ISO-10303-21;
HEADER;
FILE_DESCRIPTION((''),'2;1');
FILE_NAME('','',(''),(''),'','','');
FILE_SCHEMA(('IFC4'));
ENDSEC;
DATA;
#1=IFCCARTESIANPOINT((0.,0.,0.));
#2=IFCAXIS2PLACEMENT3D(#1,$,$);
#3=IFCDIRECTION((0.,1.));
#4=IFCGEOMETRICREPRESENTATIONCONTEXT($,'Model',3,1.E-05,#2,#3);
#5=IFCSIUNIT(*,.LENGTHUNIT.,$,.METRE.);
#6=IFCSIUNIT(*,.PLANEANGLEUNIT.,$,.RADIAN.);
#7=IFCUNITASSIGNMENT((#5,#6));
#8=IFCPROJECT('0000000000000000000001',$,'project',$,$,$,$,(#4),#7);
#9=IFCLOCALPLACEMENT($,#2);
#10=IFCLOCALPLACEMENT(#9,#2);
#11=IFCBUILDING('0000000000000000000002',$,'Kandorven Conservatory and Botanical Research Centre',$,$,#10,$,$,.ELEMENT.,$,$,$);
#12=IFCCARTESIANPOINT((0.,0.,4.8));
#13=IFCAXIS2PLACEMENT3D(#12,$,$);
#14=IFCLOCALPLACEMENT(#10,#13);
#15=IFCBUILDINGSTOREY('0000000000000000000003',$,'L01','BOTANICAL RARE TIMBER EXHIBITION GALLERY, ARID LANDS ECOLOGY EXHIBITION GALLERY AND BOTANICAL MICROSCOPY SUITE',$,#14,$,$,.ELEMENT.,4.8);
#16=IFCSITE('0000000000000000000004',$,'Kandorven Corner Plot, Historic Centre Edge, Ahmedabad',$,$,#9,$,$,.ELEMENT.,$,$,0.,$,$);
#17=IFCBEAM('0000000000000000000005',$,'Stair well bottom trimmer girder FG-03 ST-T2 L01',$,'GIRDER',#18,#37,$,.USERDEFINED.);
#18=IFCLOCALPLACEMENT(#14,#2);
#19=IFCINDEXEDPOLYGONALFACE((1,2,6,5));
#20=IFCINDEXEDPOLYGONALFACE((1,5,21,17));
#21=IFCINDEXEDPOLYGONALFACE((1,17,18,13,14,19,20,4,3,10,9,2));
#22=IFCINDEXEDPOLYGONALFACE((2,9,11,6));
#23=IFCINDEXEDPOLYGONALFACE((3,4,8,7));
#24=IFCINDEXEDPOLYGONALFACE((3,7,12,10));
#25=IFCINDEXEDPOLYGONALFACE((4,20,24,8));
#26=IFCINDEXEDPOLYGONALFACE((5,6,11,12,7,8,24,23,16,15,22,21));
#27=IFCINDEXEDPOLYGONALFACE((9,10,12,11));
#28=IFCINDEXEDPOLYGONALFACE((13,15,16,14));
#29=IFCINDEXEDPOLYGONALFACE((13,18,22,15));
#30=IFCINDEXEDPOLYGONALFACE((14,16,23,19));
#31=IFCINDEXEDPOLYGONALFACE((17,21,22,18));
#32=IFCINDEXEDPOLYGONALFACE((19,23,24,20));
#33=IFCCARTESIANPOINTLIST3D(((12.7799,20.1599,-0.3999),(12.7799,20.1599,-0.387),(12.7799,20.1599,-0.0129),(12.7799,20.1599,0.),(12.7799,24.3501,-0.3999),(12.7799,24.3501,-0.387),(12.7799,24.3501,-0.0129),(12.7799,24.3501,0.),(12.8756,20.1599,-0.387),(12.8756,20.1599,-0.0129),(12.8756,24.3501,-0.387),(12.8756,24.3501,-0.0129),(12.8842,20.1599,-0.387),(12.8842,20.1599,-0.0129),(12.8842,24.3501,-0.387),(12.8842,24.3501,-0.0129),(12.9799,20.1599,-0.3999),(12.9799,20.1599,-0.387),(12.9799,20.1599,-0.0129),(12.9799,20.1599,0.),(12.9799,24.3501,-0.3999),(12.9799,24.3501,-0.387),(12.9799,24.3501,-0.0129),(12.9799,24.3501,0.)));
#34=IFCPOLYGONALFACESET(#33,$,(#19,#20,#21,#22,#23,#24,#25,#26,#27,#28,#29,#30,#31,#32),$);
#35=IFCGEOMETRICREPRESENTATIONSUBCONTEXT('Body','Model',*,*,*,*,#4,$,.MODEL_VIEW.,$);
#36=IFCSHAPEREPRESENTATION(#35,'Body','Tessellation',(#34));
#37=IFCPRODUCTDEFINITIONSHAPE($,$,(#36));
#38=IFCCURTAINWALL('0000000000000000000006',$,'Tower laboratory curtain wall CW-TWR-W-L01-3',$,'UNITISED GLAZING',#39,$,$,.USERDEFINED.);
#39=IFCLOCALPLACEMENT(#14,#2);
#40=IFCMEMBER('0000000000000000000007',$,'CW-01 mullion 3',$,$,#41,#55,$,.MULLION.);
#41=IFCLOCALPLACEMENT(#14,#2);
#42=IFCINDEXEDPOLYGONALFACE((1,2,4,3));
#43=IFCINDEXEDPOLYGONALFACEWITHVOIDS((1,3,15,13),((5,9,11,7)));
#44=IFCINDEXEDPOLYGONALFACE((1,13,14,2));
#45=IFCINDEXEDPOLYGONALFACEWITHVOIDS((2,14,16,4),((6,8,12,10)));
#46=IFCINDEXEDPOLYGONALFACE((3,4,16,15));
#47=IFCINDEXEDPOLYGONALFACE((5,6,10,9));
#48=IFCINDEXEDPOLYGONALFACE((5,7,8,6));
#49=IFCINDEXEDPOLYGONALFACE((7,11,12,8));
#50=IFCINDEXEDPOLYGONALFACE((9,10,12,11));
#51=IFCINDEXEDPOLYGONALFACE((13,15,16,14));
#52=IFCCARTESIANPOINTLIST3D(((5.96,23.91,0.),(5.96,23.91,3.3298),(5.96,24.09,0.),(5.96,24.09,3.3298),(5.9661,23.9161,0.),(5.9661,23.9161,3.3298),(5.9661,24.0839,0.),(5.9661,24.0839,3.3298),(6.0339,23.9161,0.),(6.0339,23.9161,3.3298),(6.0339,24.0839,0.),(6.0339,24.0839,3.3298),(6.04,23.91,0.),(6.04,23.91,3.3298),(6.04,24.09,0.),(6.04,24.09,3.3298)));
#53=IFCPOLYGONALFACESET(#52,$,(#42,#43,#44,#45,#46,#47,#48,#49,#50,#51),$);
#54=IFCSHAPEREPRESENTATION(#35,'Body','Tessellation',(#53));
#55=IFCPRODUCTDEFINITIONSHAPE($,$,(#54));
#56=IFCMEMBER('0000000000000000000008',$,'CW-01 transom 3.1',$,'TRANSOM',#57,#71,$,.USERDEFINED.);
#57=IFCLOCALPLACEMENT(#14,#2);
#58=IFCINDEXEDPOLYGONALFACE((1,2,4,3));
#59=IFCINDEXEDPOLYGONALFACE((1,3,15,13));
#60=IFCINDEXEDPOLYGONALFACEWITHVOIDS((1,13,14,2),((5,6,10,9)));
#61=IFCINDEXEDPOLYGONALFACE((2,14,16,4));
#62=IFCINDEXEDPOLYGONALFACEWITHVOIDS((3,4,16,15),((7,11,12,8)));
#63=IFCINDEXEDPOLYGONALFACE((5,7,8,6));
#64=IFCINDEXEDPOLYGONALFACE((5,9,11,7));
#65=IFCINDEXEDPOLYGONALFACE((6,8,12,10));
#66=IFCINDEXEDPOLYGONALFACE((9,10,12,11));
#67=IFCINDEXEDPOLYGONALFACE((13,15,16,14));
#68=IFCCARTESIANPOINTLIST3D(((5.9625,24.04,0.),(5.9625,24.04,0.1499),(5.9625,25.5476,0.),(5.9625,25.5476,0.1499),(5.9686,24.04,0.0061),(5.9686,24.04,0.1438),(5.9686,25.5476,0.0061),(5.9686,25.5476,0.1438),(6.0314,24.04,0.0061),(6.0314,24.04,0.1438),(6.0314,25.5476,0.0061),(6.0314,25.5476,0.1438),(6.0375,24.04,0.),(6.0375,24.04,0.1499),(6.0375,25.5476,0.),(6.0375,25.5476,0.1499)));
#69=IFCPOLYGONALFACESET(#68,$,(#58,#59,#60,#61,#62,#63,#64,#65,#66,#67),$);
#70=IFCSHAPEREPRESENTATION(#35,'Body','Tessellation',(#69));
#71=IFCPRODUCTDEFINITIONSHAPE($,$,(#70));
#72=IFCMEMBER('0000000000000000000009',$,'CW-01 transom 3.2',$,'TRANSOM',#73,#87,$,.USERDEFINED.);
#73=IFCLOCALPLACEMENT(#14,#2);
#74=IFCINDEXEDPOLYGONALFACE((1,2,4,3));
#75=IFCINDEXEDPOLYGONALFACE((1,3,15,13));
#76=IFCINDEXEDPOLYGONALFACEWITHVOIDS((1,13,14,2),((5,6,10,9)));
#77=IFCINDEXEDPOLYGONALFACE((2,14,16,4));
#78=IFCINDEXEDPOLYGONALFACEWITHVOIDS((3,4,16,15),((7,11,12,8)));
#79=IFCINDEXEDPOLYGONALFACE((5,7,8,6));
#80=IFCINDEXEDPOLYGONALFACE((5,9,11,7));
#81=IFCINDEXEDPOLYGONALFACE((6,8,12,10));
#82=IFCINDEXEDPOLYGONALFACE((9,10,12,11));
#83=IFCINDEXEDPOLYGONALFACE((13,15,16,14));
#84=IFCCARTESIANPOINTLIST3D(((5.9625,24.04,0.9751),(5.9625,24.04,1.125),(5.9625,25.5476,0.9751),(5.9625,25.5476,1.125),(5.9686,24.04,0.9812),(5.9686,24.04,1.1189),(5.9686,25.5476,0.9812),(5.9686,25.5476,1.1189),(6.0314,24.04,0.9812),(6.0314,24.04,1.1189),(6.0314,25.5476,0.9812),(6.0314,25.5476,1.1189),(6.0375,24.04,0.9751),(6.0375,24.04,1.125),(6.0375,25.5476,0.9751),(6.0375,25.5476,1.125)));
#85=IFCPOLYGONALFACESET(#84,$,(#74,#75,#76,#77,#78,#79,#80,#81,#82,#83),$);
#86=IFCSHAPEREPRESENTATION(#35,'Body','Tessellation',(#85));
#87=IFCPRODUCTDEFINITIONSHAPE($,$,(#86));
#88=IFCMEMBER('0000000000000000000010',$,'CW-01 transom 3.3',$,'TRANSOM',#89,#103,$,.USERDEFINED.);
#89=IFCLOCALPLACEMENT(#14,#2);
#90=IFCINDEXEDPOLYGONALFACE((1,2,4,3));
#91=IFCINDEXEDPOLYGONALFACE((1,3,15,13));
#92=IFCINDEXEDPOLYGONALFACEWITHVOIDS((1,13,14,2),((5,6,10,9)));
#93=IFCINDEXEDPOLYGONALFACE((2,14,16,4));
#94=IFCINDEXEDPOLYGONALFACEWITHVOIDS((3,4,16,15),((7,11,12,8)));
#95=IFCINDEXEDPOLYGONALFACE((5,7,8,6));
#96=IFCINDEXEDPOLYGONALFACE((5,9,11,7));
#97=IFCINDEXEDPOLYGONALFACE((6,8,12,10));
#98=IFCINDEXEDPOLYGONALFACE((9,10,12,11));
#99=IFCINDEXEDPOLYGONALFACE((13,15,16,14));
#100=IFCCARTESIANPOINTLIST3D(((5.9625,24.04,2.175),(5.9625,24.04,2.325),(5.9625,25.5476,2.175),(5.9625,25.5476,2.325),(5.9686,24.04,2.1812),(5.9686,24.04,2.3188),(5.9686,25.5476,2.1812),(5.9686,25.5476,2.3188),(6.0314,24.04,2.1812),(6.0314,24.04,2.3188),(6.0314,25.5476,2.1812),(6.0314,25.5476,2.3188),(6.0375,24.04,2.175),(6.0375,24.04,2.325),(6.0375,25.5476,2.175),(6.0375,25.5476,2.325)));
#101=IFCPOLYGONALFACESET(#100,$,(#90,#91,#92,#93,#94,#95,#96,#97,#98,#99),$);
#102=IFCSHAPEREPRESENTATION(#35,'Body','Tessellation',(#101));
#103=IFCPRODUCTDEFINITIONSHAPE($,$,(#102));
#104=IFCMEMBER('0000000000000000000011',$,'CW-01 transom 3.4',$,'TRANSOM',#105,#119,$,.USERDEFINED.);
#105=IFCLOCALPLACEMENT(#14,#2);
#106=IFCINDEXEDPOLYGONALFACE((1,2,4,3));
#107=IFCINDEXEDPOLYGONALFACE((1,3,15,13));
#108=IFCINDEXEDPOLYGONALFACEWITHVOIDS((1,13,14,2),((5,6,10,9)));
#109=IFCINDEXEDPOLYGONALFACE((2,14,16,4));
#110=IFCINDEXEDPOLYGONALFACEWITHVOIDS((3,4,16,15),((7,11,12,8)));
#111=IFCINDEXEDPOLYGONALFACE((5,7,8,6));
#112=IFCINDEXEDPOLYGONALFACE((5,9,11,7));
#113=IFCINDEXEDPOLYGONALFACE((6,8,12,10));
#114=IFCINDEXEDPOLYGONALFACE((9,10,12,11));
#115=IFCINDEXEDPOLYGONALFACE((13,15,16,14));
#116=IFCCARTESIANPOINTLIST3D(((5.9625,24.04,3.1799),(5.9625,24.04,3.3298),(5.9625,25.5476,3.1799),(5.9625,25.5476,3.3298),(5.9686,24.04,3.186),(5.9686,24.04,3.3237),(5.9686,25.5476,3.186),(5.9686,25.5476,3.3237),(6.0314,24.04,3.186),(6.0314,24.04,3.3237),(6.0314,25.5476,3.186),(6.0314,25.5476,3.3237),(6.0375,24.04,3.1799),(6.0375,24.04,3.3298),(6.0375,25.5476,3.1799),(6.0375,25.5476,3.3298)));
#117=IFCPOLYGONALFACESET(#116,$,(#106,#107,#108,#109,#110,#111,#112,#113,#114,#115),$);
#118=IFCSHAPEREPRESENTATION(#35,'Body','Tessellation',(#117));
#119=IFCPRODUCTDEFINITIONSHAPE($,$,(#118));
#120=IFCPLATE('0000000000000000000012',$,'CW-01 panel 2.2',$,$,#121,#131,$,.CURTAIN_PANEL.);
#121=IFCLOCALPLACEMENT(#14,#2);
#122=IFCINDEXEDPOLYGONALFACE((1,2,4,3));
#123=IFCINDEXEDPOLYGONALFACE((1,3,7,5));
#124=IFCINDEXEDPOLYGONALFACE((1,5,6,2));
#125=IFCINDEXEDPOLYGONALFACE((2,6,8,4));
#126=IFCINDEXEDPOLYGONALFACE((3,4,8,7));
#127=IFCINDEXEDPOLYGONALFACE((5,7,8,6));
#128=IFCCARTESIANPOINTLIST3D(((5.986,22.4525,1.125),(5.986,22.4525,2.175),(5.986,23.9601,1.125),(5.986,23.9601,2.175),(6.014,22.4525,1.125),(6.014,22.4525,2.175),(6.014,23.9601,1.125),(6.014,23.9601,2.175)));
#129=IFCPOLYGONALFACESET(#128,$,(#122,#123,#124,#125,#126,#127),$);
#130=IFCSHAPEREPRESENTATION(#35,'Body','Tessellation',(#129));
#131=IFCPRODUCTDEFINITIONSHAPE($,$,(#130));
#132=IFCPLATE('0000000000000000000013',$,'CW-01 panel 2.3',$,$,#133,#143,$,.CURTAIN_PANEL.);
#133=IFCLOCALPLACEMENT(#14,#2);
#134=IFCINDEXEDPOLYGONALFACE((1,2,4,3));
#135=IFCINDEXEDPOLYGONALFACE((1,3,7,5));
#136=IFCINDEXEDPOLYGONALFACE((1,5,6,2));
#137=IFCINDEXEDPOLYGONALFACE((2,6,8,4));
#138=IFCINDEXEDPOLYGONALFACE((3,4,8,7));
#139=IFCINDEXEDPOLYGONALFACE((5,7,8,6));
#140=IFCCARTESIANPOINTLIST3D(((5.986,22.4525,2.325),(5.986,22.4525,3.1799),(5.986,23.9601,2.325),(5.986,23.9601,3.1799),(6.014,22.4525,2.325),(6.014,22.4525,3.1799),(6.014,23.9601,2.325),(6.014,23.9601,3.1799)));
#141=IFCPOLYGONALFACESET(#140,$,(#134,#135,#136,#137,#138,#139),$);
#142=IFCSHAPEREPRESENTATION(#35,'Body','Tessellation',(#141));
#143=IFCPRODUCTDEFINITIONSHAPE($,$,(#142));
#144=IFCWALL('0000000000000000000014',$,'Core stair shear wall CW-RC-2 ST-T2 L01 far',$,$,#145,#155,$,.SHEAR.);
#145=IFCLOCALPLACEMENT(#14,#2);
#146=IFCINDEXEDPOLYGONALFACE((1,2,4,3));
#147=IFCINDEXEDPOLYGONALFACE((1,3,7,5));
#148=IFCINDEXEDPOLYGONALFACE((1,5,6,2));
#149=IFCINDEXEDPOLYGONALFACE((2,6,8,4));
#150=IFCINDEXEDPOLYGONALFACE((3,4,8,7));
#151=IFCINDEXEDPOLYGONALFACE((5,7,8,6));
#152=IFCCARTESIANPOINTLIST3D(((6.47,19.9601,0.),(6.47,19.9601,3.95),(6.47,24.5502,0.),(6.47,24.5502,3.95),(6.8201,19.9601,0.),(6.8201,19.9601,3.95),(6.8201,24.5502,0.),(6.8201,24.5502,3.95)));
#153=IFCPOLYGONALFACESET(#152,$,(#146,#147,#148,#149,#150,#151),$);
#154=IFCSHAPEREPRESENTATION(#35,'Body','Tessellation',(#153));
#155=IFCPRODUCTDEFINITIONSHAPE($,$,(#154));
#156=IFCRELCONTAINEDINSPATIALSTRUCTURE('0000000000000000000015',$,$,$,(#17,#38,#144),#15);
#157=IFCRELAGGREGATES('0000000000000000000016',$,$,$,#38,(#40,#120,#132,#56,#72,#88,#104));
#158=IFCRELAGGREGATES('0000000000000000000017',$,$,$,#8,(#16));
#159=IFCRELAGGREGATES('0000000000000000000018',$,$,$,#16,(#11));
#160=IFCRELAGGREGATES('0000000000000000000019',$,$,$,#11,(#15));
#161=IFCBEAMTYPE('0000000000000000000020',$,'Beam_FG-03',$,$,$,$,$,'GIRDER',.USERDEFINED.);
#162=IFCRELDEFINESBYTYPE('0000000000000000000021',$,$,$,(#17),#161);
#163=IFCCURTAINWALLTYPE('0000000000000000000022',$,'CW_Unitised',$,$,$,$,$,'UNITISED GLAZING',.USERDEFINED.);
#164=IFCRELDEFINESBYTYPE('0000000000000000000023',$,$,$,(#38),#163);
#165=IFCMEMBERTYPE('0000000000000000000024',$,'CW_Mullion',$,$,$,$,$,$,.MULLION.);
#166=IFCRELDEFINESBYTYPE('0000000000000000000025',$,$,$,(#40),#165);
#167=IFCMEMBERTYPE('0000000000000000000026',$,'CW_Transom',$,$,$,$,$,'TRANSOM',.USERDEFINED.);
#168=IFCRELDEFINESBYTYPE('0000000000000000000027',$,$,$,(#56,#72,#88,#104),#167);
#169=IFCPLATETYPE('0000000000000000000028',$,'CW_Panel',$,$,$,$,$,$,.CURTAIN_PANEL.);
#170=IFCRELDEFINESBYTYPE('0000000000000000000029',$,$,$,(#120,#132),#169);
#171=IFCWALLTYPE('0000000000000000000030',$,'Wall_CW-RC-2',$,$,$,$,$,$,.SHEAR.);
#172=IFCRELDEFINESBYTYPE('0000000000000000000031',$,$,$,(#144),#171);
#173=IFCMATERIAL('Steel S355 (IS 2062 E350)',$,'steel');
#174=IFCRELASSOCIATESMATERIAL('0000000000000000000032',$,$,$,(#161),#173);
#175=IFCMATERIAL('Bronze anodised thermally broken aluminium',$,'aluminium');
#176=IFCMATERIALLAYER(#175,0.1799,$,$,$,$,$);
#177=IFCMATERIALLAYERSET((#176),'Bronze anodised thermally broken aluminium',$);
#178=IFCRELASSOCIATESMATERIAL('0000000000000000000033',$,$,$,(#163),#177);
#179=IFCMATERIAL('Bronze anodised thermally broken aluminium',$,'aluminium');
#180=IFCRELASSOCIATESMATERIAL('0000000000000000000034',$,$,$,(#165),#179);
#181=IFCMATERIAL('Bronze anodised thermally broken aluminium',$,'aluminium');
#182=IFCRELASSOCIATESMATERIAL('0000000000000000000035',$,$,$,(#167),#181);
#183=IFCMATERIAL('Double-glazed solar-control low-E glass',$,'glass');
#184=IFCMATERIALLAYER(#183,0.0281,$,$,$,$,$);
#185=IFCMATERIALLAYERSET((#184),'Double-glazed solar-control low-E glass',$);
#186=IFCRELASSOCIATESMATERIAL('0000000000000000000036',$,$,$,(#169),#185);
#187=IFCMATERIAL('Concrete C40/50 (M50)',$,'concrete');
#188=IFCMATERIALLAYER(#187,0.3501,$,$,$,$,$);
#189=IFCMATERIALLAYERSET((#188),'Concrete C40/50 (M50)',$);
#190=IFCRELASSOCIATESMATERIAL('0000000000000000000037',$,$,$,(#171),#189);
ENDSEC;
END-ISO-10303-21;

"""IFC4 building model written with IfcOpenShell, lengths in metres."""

from ifc_helpers import new_model, si_unit, direction, frame, frame_2d, origin, origin_2d, place, context, subcontext, project, spatial, rectangle, hollow_rectangle, i_section, extrude, material, layer, layer_set, material_profile, profile_set, type_object, element, aggregate, save


model = new_model("IFC4")

# Units and contexts
model_context = context("Model", 3, precision=1e-05, world=origin(), true_north=direction((0.0, 1.0)))
body_context = subcontext(model_context, "Body", "Model", "MODEL_VIEW")
ifc_project = project(units=[si_unit("LENGTHUNIT", "METRE"), si_unit("PLANEANGLEUNIT", "RADIAN")], contexts=[model_context])

# Site, building, storey
site_placement = place(None, origin())
site = spatial("IfcSite", under=ifc_project, at=site_placement, Name="Kandorven Corner Plot, Historic Centre Edge, Ahmedabad", CompositionType="ELEMENT", RefElevation=0.0)
building_placement = place(site_placement, origin())
building = spatial("IfcBuilding", under=site, at=building_placement, Name="Kandorven Conservatory and Botanical Research Centre", CompositionType="ELEMENT")
storey_placement = place(building_placement, frame((0.0, 0.0, 4.8)))
storey = spatial("IfcBuildingStorey", under=building, at=storey_placement, Name="L01", Description="BOTANICAL RARE TIMBER EXHIBITION GALLERY, ARID LANDS ECOLOGY EXHIBITION GALLERY AND BOTANICAL MICROSCOPY SUITE", CompositionType="ELEMENT", Elevation=4.8)

# Beam
ifc_material_1 = material(Name="Steel S355 (IS 2062 E350)", Category="steel")
ifc_material_profile_1 = material_profile(ifc_material_1, i_section(OverallWidth=0.2, OverallDepth=0.3999, WebThickness=0.0085, FlangeThickness=0.0129, at=origin_2d()))
ifc_profile_set_1 = profile_set([ifc_material_profile_1], Name="Steel S355 (IS 2062 E350)")
beam_type = type_object("IfcBeamType", Name="Beam_FG-03", ElementType="GIRDER", PredefinedType="USERDEFINED", material=ifc_profile_set_1)
beam_placement = place(storey_placement, frame((12.8799, 24.3501, -0.2), z_axis=(0.0, -1.0, 0.0), x_axis=(1.0, 0.0, 0.0)))
element("IfcBeam", 1, at=beam_placement, inside=storey, type_object=beam_type, Name="Stair well bottom trimmer girder FG-03 ST-T2 L01", ObjectType="GIRDER", PredefinedType="USERDEFINED", context=body_context, shape_type="SweptSolid", body=[
    extrude(i_section(OverallWidth=0.2, OverallDepth=0.3999, WebThickness=0.0085, FlangeThickness=0.0129, at=origin_2d()), origin(), (0.0, 0.0, 1.0), 4.1902),
])

# Curtain wall, members, plates
ifc_material_2 = material(Name="Bronze anodised thermally broken aluminium", Category="aluminium")
ifc_layer_1 = layer(ifc_material_2, 0.1799)
ifc_layer_set_1 = layer_set([ifc_layer_1], Name="Bronze anodised thermally broken aluminium")
curtain_wall_type = type_object("IfcCurtainWallType", Name="CW_Unitised", ElementType="UNITISED GLAZING", PredefinedType="USERDEFINED", material=ifc_layer_set_1)
curtain_wall_placement = place(storey_placement, origin())
curtain_wall = element("IfcCurtainWall", 2, at=curtain_wall_placement, inside=storey, type_object=curtain_wall_type, Name="Tower laboratory curtain wall CW-TWR-W-L01-3", ObjectType="UNITISED GLAZING", PredefinedType="USERDEFINED")
ifc_material_3 = material(Name="Bronze anodised thermally broken aluminium", Category="aluminium")
ifc_material_profile_2 = material_profile(ifc_material_3, hollow_rectangle(XDim=0.0801, YDim=0.1799, WallThickness=0.0061, at=origin_2d()))
ifc_profile_set_2 = profile_set([ifc_material_profile_2], Name="Bronze anodised thermally broken aluminium")
member_type_1 = type_object("IfcMemberType", Name="CW_Mullion", PredefinedType="MULLION", material=ifc_profile_set_2)
member_1_placement = place(storey_placement, frame((6.0, 24.0, 0.0), z_axis=(0.0, 0.0, 1.0), x_axis=(-1.0, 0.0, 0.0)))
member_1 = element("IfcMember", 3, at=member_1_placement, type_object=member_type_1, Name="CW-01 mullion 3", PredefinedType="MULLION", context=body_context, shape_type="SweptSolid", body=[
    extrude(hollow_rectangle(XDim=0.0801, YDim=0.1799, WallThickness=0.0061, at=origin_2d()), origin(), (0.0, 0.0, 1.0), 3.3298),
])
ifc_material_4 = material(Name="Bronze anodised thermally broken aluminium", Category="aluminium")
ifc_material_profile_3 = material_profile(ifc_material_4, hollow_rectangle(XDim=0.075, YDim=0.1499, WallThickness=0.0061, at=origin_2d()))
ifc_profile_set_3 = profile_set([ifc_material_profile_3], Name="Bronze anodised thermally broken aluminium")
member_type_2 = type_object("IfcMemberType", Name="CW_Transom", ElementType="TRANSOM", PredefinedType="USERDEFINED", material=ifc_profile_set_3)
member_2_placement = place(storey_placement, frame((6.0, 24.04, 0.075), z_axis=(0.0, 1.0, 0.0), x_axis=(-1.0, 0.0, 0.0)))
member_2 = element("IfcMember", 4, at=member_2_placement, type_object=member_type_2, Name="CW-01 transom 3.1", ObjectType="TRANSOM", PredefinedType="USERDEFINED", context=body_context, shape_type="SweptSolid", body=[
    extrude(hollow_rectangle(XDim=0.075, YDim=0.1499, WallThickness=0.0061, at=origin_2d()), origin(), (0.0, 0.0, 1.0), 1.5076),
])
member_3_placement = place(storey_placement, frame((6.0, 24.04, 1.05), z_axis=(0.0, 1.0, 0.0), x_axis=(-1.0, 0.0, 0.0)))
member_3 = element("IfcMember", 5, at=member_3_placement, type_object=member_type_2, Name="CW-01 transom 3.2", ObjectType="TRANSOM", PredefinedType="USERDEFINED", context=body_context, shape_type="SweptSolid", body=[
    extrude(hollow_rectangle(XDim=0.075, YDim=0.1499, WallThickness=0.0061, at=origin_2d()), origin(), (0.0, 0.0, 1.0), 1.5076),
])
member_4_placement = place(storey_placement, frame((6.0, 24.04, 2.25), z_axis=(0.0, 1.0, 0.0), x_axis=(-1.0, 0.0, 0.0)))
member_4 = element("IfcMember", 6, at=member_4_placement, type_object=member_type_2, Name="CW-01 transom 3.3", ObjectType="TRANSOM", PredefinedType="USERDEFINED", context=body_context, shape_type="SweptSolid", body=[
    extrude(hollow_rectangle(XDim=0.075, YDim=0.1499, WallThickness=0.0061, at=origin_2d()), origin(), (0.0, 0.0, 1.0), 1.5076),
])
member_5_placement = place(storey_placement, frame((6.0, 24.04, 3.2549), z_axis=(0.0, 1.0, 0.0), x_axis=(-1.0, 0.0, 0.0)))
member_5 = element("IfcMember", 7, at=member_5_placement, type_object=member_type_2, Name="CW-01 transom 3.4", ObjectType="TRANSOM", PredefinedType="USERDEFINED", context=body_context, shape_type="SweptSolid", body=[
    extrude(hollow_rectangle(XDim=0.075, YDim=0.1499, WallThickness=0.0061, at=origin_2d()), origin(), (0.0, 0.0, 1.0), 1.5076),
])
ifc_material_5 = material(Name="Double-glazed solar-control low-E glass", Category="glass")
ifc_layer_2 = layer(ifc_material_5, 0.0281)
ifc_layer_set_2 = layer_set([ifc_layer_2], Name="Double-glazed solar-control low-E glass")
plate_type = type_object("IfcPlateType", Name="CW_Panel", PredefinedType="CURTAIN_PANEL", material=ifc_layer_set_2)
plate_1_placement = place(storey_placement, frame((6.0, 23.2063, 1.125), z_axis=(0.0, 0.0, 1.0), x_axis=(0.0, 1.0, 0.0)))
plate_1 = element("IfcPlate", 8, at=plate_1_placement, type_object=plate_type, Name="CW-01 panel 2.2", PredefinedType="CURTAIN_PANEL", context=body_context, shape_type="SweptSolid", body=[
    extrude(rectangle(XDim=1.5076, YDim=0.0281, at=origin_2d()), origin(), (0.0, 0.0, 1.0), 1.05),
])
plate_2_placement = place(storey_placement, frame((6.0, 23.2063, 2.325), z_axis=(0.0, 0.0, 1.0), x_axis=(0.0, 1.0, 0.0)))
plate_2 = element("IfcPlate", 9, at=plate_2_placement, type_object=plate_type, Name="CW-01 panel 2.3", PredefinedType="CURTAIN_PANEL", context=body_context, shape_type="SweptSolid", body=[
    extrude(rectangle(XDim=1.5076, YDim=0.0281, at=origin_2d()), origin(), (0.0, 0.0, 1.0), 0.855),
])
aggregate(curtain_wall, [member_1, plate_1, plate_2, member_2, member_3, member_4, member_5])

# Wall
ifc_material_6 = material(Name="Concrete C40/50 (M50)", Category="concrete")
ifc_layer_3 = layer(ifc_material_6, 0.3501)
ifc_layer_set_3 = layer_set([ifc_layer_3], Name="Concrete C40/50 (M50)")
wall_type_1 = type_object("IfcWallType", Name="Wall_CW-RC-2", PredefinedType="SHEAR", material=ifc_layer_set_3)
wall_1_placement = place(storey_placement, frame((6.645, 24.55, 0.0), z_axis=(0.0, 0.0, 1.0), x_axis=(0.0, -1.0, 0.0)))
element("IfcWall", 10, at=wall_1_placement, inside=storey, type_object=wall_type_1, Name="Core stair shear wall CW-RC-2 ST-T2 L01 far", PredefinedType="SHEAR", context=body_context, shape_type="SweptSolid", body=[
    extrude(rectangle(XDim=4.5901, YDim=0.3501, at=frame_2d((2.2949, 0.0))), origin(), (0.0, 0.0, 1.0), 3.95),
])

save(model, "model.ifc")
